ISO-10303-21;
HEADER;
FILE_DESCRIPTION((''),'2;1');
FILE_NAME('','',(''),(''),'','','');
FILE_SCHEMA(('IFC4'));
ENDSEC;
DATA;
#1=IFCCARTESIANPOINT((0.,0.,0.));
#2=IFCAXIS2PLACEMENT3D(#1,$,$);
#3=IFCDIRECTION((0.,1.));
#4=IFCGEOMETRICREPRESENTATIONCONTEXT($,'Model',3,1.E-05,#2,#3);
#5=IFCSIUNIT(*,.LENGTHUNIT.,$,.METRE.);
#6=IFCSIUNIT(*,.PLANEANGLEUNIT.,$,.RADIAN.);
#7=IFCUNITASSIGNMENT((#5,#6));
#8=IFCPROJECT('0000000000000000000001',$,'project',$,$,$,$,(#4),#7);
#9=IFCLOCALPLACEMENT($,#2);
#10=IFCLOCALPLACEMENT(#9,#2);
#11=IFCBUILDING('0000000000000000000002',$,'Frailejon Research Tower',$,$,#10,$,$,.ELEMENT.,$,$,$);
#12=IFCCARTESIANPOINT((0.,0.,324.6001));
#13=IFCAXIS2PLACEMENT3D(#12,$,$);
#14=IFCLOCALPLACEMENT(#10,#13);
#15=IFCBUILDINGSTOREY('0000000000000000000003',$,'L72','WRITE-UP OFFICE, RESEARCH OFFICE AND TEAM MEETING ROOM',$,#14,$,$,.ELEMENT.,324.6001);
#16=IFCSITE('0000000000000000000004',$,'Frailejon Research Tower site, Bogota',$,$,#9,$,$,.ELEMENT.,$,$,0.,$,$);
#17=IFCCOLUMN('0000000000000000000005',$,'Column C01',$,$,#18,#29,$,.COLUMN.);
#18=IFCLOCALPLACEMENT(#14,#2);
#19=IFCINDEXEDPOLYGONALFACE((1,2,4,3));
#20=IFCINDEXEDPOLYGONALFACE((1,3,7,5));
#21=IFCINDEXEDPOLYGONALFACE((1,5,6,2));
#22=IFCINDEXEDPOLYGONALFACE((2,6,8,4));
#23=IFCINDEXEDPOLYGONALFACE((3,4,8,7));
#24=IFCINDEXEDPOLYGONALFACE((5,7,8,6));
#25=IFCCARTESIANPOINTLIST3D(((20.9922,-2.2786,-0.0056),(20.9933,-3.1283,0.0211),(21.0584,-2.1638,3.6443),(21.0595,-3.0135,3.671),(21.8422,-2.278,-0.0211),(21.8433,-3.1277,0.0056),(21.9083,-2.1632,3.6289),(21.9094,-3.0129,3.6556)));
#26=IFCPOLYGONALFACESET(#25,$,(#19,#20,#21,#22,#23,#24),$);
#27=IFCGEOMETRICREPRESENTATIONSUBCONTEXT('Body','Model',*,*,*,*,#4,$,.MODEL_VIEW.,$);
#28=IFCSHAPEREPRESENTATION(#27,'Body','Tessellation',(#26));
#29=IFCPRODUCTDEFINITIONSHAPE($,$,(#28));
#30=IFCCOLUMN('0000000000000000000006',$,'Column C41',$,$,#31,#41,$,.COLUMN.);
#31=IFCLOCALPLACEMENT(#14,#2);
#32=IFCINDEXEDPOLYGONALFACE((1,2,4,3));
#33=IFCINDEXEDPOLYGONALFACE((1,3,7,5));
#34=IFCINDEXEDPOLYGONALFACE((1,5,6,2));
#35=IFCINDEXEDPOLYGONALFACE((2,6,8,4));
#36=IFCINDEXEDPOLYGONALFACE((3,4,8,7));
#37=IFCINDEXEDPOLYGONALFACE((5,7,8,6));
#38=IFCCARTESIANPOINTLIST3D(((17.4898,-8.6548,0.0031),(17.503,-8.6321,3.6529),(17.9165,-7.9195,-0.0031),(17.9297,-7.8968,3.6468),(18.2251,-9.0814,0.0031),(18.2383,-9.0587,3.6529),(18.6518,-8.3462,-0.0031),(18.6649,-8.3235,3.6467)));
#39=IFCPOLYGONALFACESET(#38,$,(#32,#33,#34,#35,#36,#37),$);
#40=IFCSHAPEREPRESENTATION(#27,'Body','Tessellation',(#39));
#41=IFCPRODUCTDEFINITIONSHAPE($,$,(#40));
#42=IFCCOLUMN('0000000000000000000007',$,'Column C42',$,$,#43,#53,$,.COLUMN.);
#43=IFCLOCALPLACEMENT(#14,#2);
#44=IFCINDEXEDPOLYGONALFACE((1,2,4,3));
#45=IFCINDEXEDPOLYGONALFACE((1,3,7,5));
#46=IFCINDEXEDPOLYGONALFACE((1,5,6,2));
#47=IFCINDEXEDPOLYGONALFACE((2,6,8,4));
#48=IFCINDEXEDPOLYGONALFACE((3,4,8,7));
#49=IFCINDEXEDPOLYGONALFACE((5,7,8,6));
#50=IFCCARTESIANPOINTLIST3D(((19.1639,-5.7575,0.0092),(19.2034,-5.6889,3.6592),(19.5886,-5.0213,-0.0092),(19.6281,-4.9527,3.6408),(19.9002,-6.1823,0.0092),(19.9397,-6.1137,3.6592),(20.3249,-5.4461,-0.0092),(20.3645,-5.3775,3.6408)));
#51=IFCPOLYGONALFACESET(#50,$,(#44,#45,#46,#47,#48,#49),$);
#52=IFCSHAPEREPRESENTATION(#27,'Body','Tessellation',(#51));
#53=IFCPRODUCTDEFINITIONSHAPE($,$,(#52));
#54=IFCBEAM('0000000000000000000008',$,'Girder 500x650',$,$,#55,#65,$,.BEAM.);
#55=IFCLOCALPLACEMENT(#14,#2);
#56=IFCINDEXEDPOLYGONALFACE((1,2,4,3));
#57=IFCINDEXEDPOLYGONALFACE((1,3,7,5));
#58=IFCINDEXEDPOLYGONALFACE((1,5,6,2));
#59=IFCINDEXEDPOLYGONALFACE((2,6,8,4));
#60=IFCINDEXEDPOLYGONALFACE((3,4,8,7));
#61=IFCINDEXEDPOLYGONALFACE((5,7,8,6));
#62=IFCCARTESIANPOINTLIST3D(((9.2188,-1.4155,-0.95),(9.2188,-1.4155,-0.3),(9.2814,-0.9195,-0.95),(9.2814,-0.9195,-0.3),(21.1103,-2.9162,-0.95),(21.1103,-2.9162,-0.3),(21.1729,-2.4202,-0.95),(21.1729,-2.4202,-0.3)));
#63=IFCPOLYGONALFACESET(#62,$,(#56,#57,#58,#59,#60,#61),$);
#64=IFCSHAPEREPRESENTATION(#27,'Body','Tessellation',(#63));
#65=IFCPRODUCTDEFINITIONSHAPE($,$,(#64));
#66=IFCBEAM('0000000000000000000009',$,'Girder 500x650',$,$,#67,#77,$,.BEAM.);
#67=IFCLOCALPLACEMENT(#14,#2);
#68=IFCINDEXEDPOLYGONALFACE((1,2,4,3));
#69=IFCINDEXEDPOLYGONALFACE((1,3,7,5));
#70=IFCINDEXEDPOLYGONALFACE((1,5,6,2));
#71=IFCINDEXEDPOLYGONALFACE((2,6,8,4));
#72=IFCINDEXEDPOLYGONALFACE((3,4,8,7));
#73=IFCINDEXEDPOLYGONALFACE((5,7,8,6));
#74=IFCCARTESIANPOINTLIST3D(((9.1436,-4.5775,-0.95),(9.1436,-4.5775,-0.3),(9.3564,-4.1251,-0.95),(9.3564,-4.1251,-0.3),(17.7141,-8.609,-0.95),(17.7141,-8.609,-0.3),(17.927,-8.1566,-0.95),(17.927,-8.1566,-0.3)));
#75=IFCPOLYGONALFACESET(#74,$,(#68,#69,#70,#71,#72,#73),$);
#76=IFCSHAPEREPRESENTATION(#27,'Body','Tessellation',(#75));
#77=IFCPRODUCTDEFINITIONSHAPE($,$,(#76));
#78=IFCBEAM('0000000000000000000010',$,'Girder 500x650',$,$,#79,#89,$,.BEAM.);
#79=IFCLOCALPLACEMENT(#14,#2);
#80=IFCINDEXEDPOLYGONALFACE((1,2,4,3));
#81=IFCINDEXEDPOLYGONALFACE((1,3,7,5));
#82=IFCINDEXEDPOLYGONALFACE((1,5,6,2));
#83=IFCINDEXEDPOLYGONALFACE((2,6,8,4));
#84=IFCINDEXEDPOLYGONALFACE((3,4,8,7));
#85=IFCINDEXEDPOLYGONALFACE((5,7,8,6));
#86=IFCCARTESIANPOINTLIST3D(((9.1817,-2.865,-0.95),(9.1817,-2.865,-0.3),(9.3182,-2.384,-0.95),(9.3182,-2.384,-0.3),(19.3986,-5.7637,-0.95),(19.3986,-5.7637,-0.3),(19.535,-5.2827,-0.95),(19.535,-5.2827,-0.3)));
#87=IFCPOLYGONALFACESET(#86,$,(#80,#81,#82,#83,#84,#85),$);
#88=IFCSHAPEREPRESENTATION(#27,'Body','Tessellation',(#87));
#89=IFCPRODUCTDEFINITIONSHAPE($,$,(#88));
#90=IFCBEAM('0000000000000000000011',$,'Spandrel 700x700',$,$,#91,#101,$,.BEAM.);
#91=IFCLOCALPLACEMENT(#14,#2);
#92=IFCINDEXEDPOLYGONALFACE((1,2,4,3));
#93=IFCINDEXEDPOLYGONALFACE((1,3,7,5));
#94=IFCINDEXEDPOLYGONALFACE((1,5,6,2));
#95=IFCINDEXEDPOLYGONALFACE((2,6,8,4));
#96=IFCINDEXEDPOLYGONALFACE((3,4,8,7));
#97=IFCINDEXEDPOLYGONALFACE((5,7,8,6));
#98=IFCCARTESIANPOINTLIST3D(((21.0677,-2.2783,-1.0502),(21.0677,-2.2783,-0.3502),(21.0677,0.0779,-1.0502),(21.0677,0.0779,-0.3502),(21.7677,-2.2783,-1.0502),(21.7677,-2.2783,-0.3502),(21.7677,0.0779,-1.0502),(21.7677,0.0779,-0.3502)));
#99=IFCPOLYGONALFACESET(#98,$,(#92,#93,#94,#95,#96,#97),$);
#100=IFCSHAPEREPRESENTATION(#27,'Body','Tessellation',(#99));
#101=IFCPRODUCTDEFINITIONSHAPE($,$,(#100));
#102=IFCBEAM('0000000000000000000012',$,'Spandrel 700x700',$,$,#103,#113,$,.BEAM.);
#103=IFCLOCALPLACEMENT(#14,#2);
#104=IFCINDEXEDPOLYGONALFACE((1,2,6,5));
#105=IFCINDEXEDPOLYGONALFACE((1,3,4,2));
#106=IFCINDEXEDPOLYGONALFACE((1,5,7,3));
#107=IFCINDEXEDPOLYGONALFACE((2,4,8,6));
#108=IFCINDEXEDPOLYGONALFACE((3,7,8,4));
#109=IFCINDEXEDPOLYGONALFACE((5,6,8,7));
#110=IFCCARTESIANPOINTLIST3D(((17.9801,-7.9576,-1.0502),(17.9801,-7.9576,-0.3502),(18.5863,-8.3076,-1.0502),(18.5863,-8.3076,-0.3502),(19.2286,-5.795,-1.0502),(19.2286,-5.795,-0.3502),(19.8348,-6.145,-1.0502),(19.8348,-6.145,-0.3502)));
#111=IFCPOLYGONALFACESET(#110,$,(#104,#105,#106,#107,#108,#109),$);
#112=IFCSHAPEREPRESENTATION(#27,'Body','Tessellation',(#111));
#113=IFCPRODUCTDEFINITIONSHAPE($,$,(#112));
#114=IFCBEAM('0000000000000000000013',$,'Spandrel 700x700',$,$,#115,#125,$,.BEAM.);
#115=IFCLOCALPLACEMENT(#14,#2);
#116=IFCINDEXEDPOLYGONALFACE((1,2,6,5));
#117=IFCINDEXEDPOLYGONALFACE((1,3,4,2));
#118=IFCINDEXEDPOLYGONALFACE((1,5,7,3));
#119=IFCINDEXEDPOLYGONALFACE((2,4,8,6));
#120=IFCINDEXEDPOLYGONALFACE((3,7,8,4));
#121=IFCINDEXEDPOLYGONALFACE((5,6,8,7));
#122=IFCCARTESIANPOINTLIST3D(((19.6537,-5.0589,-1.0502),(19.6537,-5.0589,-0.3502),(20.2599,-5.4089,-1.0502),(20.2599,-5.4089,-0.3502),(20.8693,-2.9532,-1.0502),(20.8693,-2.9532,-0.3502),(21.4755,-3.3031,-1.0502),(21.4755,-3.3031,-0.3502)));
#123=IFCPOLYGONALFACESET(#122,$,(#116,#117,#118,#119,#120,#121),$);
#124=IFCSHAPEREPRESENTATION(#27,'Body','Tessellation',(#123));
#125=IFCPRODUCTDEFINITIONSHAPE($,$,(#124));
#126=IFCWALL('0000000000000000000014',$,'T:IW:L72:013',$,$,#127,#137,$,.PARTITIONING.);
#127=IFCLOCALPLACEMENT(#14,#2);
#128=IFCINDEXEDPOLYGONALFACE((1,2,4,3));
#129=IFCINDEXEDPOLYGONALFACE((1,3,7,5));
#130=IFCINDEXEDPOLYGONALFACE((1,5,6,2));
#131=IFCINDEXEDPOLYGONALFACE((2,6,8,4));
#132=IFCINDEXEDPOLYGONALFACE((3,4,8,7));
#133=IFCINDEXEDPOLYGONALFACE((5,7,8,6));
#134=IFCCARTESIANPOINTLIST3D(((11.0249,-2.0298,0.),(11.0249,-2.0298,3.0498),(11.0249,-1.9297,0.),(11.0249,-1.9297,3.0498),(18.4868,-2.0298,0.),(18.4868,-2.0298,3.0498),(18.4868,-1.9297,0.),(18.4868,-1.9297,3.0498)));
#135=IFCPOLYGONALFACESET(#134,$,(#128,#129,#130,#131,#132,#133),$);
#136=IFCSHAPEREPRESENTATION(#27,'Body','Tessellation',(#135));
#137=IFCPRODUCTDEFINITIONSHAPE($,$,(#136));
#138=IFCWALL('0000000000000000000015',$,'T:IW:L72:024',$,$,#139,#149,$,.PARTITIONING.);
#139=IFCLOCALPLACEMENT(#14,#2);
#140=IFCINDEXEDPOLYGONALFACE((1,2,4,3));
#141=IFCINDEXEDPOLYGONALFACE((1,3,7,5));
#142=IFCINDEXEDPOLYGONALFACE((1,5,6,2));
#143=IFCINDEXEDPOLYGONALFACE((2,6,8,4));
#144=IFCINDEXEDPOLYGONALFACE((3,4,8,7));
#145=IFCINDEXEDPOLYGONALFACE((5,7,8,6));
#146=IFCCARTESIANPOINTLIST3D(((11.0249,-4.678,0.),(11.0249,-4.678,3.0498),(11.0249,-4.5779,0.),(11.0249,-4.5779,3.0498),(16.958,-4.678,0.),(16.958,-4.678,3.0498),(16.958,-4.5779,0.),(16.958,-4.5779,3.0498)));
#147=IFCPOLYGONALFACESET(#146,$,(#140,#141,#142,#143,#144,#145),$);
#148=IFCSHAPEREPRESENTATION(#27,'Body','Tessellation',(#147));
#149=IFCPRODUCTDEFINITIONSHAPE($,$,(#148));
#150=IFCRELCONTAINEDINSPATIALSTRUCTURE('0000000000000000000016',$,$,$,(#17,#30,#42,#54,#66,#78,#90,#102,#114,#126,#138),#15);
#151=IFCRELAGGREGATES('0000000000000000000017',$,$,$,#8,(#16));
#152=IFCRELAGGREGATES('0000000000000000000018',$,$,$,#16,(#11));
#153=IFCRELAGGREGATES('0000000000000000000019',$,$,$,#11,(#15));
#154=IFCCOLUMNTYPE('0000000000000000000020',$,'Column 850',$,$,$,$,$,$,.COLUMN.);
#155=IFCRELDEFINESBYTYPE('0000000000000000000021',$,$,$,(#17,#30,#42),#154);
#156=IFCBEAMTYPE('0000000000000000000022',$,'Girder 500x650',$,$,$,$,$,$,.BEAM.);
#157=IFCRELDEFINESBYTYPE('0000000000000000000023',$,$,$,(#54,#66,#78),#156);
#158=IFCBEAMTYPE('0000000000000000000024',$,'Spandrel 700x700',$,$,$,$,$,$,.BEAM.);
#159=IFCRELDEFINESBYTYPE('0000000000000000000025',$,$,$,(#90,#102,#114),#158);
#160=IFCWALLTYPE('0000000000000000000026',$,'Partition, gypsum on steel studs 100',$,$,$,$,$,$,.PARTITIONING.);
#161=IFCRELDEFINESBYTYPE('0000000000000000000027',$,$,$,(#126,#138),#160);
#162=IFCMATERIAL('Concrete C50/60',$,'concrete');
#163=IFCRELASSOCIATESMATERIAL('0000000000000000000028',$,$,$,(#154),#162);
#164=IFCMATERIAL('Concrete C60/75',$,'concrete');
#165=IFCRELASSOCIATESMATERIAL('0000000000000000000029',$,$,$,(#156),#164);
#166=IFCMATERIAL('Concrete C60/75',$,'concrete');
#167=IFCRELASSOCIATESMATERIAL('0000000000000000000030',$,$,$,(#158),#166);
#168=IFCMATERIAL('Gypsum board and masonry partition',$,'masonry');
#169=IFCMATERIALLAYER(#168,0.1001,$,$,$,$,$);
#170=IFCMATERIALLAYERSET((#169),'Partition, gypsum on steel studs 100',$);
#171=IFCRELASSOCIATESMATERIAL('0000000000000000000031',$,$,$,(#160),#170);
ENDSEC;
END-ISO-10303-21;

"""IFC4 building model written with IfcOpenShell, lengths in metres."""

from ifc_helpers import new_model, si_unit, direction, frame, frame_2d, origin, origin_2d, place, context, subcontext, project, spatial, rectangle, extrude, material, layer, layer_set, material_profile, profile_set, type_object, element, save


model = new_model("IFC4")

# Units and contexts
model_context = context("Model", 3, precision=1e-05, world=origin(), true_north=direction((0.0, 1.0)))
body_context = subcontext(model_context, "Body", "Model", "MODEL_VIEW")
ifc_project = project(units=[si_unit("LENGTHUNIT", "METRE"), si_unit("PLANEANGLEUNIT", "RADIAN")], contexts=[model_context])

# Site, building, storey
site_placement = place(None, origin())
site = spatial("IfcSite", under=ifc_project, at=site_placement, Name="Frailejon Research Tower site, Bogota", CompositionType="ELEMENT", RefElevation=0.0)
building_placement = place(site_placement, origin())
building = spatial("IfcBuilding", under=site, at=building_placement, Name="Frailejon Research Tower", CompositionType="ELEMENT")
storey_placement = place(building_placement, frame((0.0, 0.0, 324.6001)))
storey = spatial("IfcBuildingStorey", under=building, at=storey_placement, Name="L72", Description="WRITE-UP OFFICE, RESEARCH OFFICE AND TEAM MEETING ROOM", CompositionType="ELEMENT", Elevation=324.6001)

# Columns
ifc_material_1 = material(Name="Concrete C50/60", Category="concrete")
ifc_material_profile_1 = material_profile(ifc_material_1, rectangle(XDim=0.8501, YDim=0.8501, at=origin_2d()), Name="Column 850")
ifc_profile_set_1 = profile_set([ifc_material_profile_1], Name="Concrete C50/60")
column_type = type_object("IfcColumnType", Name="Column 850", PredefinedType="COLUMN", material=ifc_profile_set_1)
column_1_placement = place(storey_placement, frame((21.4177, -2.7031, 0.0), z_axis=(0.018115, 0.031417, 0.999342), x_axis=(-0.001297, 0.999506, -0.031399)))
element("IfcColumn", 1, at=column_1_placement, inside=storey, type_object=column_type, Name="Column C01", PredefinedType="COLUMN", context=body_context, shape_type="SweptSolid", body=[
    extrude(rectangle(XDim=0.8501, YDim=0.8501, at=origin_2d()), origin(), (0.0, 0.0, 1.0), 3.6523),
])
column_2_placement = place(storey_placement, frame((18.0708, -8.5005, 0.0), z_axis=(0.003612, 0.006221, 0.999974), x_axis=(0.501902, 0.864894, -0.007193)))
element("IfcColumn", 2, at=column_2_placement, inside=storey, type_object=column_type, Name="Column C41", PredefinedType="COLUMN", context=body_context, shape_type="SweptSolid", body=[
    extrude(rectangle(XDim=0.8501, YDim=0.8501, at=origin_2d()), origin(), (0.0, 0.0, 1.0), 3.6499),
])
column_3_placement = place(storey_placement, frame((19.7444, -5.6018, 0.0), z_axis=(0.010834, 0.018792, 0.999765), x_axis=(0.499616, 0.865975, -0.021691)))
element("IfcColumn", 3, at=column_3_placement, inside=storey, type_object=column_type, Name="Column C42", PredefinedType="COLUMN", context=body_context, shape_type="SweptSolid", body=[
    extrude(rectangle(XDim=0.8501, YDim=0.8501, at=origin_2d()), origin(), (0.0, 0.0, 1.0), 3.6509),
])

# Beams
ifc_material_2 = material(Name="Concrete C60/75", Category="concrete")
ifc_material_profile_2 = material_profile(ifc_material_2, rectangle(XDim=0.5, YDim=0.6499, at=origin_2d()), Name="Girder 500x650")
ifc_profile_set_2 = profile_set([ifc_material_profile_2], Name="Concrete C60/75")
beam_type_1 = type_object("IfcBeamType", Name="Girder 500x650", PredefinedType="BEAM", material=ifc_profile_set_2)
beam_1_placement = place(storey_placement, frame((21.1416, -2.6682, -0.625), z_axis=(-0.992131, 0.125208, 0.0), x_axis=(-0.125208, -0.992131, 0.0)))
element("IfcBeam", 4, at=beam_1_placement, inside=storey, type_object=beam_type_1, Name="Girder 500x650", PredefinedType="BEAM", context=body_context, shape_type="SweptSolid", body=[
    extrude(rectangle(XDim=0.5, YDim=0.6499, at=origin_2d()), origin(), (0.0, 0.0, 1.0), 11.9858),
])
beam_2_placement = place(storey_placement, frame((17.8206, -8.3828, -0.625), z_axis=(-0.904888, 0.425649, 0.0), x_axis=(-0.425649, -0.904888, 0.0)))
element("IfcBeam", 5, at=beam_2_placement, inside=storey, type_object=beam_type_1, Name="Girder 500x650", PredefinedType="BEAM", context=body_context, shape_type="SweptSolid", body=[
    extrude(rectangle(XDim=0.5, YDim=0.6499, at=origin_2d()), origin(), (0.0, 0.0, 1.0), 9.4714),
])
beam_3_placement = place(storey_placement, frame((19.4668, -5.5232, -0.625), z_axis=(-0.96203, 0.272944, 0.0), x_axis=(-0.272944, -0.96203, 0.0)))
element("IfcBeam", 6, at=beam_3_placement, inside=storey, type_object=beam_type_1, Name="Girder 500x650", PredefinedType="BEAM", context=body_context, shape_type="SweptSolid", body=[
    extrude(rectangle(XDim=0.5, YDim=0.6499, at=origin_2d()), origin(), (0.0, 0.0, 1.0), 10.6201),
])
ifc_material_3 = material(Name="Concrete C60/75", Category="concrete")
ifc_material_profile_3 = material_profile(ifc_material_3, rectangle(XDim=0.7, YDim=0.7, at=origin_2d()), Name="Spandrel 700x700")
ifc_profile_set_3 = profile_set([ifc_material_profile_3], Name="Concrete C60/75")
beam_type_2 = type_object("IfcBeamType", Name="Spandrel 700x700", PredefinedType="BEAM", material=ifc_profile_set_3)
beam_4_placement = place(storey_placement, frame((21.4177, -2.2783, -0.7002), z_axis=(0.0, 1.0, 0.0), x_axis=(-1.0, 0.0, 0.0)))
element("IfcBeam", 7, at=beam_4_placement, inside=storey, type_object=beam_type_2, Name="Spandrel 700x700", PredefinedType="BEAM", context=body_context, shape_type="SweptSolid", body=[
    extrude(rectangle(XDim=0.7, YDim=0.7, at=origin_2d()), origin(), (0.0, 0.0, 1.0), 2.3562),
])
beam_5_placement = place(storey_placement, frame((18.2832, -8.1326, -0.7002), z_axis=(0.499988, 0.866033, 0.0), x_axis=(-0.866033, 0.499988, 0.0)))
element("IfcBeam", 8, at=beam_5_placement, inside=storey, type_object=beam_type_2, Name="Spandrel 700x700", PredefinedType="BEAM", context=body_context, shape_type="SweptSolid", body=[
    extrude(rectangle(XDim=0.7, YDim=0.7, at=origin_2d()), origin(), (0.0, 0.0, 1.0), 2.4971),
])
beam_6_placement = place(storey_placement, frame((19.9568, -5.2339, -0.7002), z_axis=(0.499951, 0.866053, 0.0), x_axis=(-0.866053, 0.499951, 0.0)))
element("IfcBeam", 9, at=beam_6_placement, inside=storey, type_object=beam_type_2, Name="Spandrel 700x700", PredefinedType="BEAM", context=body_context, shape_type="SweptSolid", body=[
    extrude(rectangle(XDim=0.7, YDim=0.7, at=origin_2d()), origin(), (0.0, 0.0, 1.0), 2.4314),
])

# Walls
ifc_material_4 = material(Name="Gypsum board and masonry partition", Category="masonry")
ifc_layer_1 = layer(ifc_material_4, 0.1001)
ifc_layer_set_1 = layer_set([ifc_layer_1], Name="Partition, gypsum on steel studs 100")
wall_type_1 = type_object("IfcWallType", Name="Partition, gypsum on steel studs 100", PredefinedType="PARTITIONING", material=ifc_layer_set_1)
wall_1_placement = place(storey_placement, frame((11.0249, -1.9797, 0.0), z_axis=(0.0, 0.0, 1.0), x_axis=(1.0, 0.0, 0.0)))
element("IfcWall", 10, at=wall_1_placement, inside=storey, type_object=wall_type_1, Name="T:IW:L72:013", PredefinedType="PARTITIONING", context=body_context, shape_type="SweptSolid", body=[
    extrude(rectangle(XDim=7.4619, YDim=0.1001, at=frame_2d((3.731, 0.0))), origin(), (0.0, 0.0, 1.0), 3.0498),
])
wall_2_placement = place(storey_placement, frame((11.0249, -4.6279, 0.0), z_axis=(0.0, 0.0, 1.0), x_axis=(1.0, 0.0, 0.0)))
element("IfcWall", 11, at=wall_2_placement, inside=storey, type_object=wall_type_1, Name="T:IW:L72:024", PredefinedType="PARTITIONING", context=body_context, shape_type="SweptSolid", body=[
    extrude(rectangle(XDim=5.9331, YDim=0.1001, at=frame_2d((2.9666, 0.0))), origin(), (0.0, 0.0, 1.0), 3.0498),
])

save(model, "model.ifc")
